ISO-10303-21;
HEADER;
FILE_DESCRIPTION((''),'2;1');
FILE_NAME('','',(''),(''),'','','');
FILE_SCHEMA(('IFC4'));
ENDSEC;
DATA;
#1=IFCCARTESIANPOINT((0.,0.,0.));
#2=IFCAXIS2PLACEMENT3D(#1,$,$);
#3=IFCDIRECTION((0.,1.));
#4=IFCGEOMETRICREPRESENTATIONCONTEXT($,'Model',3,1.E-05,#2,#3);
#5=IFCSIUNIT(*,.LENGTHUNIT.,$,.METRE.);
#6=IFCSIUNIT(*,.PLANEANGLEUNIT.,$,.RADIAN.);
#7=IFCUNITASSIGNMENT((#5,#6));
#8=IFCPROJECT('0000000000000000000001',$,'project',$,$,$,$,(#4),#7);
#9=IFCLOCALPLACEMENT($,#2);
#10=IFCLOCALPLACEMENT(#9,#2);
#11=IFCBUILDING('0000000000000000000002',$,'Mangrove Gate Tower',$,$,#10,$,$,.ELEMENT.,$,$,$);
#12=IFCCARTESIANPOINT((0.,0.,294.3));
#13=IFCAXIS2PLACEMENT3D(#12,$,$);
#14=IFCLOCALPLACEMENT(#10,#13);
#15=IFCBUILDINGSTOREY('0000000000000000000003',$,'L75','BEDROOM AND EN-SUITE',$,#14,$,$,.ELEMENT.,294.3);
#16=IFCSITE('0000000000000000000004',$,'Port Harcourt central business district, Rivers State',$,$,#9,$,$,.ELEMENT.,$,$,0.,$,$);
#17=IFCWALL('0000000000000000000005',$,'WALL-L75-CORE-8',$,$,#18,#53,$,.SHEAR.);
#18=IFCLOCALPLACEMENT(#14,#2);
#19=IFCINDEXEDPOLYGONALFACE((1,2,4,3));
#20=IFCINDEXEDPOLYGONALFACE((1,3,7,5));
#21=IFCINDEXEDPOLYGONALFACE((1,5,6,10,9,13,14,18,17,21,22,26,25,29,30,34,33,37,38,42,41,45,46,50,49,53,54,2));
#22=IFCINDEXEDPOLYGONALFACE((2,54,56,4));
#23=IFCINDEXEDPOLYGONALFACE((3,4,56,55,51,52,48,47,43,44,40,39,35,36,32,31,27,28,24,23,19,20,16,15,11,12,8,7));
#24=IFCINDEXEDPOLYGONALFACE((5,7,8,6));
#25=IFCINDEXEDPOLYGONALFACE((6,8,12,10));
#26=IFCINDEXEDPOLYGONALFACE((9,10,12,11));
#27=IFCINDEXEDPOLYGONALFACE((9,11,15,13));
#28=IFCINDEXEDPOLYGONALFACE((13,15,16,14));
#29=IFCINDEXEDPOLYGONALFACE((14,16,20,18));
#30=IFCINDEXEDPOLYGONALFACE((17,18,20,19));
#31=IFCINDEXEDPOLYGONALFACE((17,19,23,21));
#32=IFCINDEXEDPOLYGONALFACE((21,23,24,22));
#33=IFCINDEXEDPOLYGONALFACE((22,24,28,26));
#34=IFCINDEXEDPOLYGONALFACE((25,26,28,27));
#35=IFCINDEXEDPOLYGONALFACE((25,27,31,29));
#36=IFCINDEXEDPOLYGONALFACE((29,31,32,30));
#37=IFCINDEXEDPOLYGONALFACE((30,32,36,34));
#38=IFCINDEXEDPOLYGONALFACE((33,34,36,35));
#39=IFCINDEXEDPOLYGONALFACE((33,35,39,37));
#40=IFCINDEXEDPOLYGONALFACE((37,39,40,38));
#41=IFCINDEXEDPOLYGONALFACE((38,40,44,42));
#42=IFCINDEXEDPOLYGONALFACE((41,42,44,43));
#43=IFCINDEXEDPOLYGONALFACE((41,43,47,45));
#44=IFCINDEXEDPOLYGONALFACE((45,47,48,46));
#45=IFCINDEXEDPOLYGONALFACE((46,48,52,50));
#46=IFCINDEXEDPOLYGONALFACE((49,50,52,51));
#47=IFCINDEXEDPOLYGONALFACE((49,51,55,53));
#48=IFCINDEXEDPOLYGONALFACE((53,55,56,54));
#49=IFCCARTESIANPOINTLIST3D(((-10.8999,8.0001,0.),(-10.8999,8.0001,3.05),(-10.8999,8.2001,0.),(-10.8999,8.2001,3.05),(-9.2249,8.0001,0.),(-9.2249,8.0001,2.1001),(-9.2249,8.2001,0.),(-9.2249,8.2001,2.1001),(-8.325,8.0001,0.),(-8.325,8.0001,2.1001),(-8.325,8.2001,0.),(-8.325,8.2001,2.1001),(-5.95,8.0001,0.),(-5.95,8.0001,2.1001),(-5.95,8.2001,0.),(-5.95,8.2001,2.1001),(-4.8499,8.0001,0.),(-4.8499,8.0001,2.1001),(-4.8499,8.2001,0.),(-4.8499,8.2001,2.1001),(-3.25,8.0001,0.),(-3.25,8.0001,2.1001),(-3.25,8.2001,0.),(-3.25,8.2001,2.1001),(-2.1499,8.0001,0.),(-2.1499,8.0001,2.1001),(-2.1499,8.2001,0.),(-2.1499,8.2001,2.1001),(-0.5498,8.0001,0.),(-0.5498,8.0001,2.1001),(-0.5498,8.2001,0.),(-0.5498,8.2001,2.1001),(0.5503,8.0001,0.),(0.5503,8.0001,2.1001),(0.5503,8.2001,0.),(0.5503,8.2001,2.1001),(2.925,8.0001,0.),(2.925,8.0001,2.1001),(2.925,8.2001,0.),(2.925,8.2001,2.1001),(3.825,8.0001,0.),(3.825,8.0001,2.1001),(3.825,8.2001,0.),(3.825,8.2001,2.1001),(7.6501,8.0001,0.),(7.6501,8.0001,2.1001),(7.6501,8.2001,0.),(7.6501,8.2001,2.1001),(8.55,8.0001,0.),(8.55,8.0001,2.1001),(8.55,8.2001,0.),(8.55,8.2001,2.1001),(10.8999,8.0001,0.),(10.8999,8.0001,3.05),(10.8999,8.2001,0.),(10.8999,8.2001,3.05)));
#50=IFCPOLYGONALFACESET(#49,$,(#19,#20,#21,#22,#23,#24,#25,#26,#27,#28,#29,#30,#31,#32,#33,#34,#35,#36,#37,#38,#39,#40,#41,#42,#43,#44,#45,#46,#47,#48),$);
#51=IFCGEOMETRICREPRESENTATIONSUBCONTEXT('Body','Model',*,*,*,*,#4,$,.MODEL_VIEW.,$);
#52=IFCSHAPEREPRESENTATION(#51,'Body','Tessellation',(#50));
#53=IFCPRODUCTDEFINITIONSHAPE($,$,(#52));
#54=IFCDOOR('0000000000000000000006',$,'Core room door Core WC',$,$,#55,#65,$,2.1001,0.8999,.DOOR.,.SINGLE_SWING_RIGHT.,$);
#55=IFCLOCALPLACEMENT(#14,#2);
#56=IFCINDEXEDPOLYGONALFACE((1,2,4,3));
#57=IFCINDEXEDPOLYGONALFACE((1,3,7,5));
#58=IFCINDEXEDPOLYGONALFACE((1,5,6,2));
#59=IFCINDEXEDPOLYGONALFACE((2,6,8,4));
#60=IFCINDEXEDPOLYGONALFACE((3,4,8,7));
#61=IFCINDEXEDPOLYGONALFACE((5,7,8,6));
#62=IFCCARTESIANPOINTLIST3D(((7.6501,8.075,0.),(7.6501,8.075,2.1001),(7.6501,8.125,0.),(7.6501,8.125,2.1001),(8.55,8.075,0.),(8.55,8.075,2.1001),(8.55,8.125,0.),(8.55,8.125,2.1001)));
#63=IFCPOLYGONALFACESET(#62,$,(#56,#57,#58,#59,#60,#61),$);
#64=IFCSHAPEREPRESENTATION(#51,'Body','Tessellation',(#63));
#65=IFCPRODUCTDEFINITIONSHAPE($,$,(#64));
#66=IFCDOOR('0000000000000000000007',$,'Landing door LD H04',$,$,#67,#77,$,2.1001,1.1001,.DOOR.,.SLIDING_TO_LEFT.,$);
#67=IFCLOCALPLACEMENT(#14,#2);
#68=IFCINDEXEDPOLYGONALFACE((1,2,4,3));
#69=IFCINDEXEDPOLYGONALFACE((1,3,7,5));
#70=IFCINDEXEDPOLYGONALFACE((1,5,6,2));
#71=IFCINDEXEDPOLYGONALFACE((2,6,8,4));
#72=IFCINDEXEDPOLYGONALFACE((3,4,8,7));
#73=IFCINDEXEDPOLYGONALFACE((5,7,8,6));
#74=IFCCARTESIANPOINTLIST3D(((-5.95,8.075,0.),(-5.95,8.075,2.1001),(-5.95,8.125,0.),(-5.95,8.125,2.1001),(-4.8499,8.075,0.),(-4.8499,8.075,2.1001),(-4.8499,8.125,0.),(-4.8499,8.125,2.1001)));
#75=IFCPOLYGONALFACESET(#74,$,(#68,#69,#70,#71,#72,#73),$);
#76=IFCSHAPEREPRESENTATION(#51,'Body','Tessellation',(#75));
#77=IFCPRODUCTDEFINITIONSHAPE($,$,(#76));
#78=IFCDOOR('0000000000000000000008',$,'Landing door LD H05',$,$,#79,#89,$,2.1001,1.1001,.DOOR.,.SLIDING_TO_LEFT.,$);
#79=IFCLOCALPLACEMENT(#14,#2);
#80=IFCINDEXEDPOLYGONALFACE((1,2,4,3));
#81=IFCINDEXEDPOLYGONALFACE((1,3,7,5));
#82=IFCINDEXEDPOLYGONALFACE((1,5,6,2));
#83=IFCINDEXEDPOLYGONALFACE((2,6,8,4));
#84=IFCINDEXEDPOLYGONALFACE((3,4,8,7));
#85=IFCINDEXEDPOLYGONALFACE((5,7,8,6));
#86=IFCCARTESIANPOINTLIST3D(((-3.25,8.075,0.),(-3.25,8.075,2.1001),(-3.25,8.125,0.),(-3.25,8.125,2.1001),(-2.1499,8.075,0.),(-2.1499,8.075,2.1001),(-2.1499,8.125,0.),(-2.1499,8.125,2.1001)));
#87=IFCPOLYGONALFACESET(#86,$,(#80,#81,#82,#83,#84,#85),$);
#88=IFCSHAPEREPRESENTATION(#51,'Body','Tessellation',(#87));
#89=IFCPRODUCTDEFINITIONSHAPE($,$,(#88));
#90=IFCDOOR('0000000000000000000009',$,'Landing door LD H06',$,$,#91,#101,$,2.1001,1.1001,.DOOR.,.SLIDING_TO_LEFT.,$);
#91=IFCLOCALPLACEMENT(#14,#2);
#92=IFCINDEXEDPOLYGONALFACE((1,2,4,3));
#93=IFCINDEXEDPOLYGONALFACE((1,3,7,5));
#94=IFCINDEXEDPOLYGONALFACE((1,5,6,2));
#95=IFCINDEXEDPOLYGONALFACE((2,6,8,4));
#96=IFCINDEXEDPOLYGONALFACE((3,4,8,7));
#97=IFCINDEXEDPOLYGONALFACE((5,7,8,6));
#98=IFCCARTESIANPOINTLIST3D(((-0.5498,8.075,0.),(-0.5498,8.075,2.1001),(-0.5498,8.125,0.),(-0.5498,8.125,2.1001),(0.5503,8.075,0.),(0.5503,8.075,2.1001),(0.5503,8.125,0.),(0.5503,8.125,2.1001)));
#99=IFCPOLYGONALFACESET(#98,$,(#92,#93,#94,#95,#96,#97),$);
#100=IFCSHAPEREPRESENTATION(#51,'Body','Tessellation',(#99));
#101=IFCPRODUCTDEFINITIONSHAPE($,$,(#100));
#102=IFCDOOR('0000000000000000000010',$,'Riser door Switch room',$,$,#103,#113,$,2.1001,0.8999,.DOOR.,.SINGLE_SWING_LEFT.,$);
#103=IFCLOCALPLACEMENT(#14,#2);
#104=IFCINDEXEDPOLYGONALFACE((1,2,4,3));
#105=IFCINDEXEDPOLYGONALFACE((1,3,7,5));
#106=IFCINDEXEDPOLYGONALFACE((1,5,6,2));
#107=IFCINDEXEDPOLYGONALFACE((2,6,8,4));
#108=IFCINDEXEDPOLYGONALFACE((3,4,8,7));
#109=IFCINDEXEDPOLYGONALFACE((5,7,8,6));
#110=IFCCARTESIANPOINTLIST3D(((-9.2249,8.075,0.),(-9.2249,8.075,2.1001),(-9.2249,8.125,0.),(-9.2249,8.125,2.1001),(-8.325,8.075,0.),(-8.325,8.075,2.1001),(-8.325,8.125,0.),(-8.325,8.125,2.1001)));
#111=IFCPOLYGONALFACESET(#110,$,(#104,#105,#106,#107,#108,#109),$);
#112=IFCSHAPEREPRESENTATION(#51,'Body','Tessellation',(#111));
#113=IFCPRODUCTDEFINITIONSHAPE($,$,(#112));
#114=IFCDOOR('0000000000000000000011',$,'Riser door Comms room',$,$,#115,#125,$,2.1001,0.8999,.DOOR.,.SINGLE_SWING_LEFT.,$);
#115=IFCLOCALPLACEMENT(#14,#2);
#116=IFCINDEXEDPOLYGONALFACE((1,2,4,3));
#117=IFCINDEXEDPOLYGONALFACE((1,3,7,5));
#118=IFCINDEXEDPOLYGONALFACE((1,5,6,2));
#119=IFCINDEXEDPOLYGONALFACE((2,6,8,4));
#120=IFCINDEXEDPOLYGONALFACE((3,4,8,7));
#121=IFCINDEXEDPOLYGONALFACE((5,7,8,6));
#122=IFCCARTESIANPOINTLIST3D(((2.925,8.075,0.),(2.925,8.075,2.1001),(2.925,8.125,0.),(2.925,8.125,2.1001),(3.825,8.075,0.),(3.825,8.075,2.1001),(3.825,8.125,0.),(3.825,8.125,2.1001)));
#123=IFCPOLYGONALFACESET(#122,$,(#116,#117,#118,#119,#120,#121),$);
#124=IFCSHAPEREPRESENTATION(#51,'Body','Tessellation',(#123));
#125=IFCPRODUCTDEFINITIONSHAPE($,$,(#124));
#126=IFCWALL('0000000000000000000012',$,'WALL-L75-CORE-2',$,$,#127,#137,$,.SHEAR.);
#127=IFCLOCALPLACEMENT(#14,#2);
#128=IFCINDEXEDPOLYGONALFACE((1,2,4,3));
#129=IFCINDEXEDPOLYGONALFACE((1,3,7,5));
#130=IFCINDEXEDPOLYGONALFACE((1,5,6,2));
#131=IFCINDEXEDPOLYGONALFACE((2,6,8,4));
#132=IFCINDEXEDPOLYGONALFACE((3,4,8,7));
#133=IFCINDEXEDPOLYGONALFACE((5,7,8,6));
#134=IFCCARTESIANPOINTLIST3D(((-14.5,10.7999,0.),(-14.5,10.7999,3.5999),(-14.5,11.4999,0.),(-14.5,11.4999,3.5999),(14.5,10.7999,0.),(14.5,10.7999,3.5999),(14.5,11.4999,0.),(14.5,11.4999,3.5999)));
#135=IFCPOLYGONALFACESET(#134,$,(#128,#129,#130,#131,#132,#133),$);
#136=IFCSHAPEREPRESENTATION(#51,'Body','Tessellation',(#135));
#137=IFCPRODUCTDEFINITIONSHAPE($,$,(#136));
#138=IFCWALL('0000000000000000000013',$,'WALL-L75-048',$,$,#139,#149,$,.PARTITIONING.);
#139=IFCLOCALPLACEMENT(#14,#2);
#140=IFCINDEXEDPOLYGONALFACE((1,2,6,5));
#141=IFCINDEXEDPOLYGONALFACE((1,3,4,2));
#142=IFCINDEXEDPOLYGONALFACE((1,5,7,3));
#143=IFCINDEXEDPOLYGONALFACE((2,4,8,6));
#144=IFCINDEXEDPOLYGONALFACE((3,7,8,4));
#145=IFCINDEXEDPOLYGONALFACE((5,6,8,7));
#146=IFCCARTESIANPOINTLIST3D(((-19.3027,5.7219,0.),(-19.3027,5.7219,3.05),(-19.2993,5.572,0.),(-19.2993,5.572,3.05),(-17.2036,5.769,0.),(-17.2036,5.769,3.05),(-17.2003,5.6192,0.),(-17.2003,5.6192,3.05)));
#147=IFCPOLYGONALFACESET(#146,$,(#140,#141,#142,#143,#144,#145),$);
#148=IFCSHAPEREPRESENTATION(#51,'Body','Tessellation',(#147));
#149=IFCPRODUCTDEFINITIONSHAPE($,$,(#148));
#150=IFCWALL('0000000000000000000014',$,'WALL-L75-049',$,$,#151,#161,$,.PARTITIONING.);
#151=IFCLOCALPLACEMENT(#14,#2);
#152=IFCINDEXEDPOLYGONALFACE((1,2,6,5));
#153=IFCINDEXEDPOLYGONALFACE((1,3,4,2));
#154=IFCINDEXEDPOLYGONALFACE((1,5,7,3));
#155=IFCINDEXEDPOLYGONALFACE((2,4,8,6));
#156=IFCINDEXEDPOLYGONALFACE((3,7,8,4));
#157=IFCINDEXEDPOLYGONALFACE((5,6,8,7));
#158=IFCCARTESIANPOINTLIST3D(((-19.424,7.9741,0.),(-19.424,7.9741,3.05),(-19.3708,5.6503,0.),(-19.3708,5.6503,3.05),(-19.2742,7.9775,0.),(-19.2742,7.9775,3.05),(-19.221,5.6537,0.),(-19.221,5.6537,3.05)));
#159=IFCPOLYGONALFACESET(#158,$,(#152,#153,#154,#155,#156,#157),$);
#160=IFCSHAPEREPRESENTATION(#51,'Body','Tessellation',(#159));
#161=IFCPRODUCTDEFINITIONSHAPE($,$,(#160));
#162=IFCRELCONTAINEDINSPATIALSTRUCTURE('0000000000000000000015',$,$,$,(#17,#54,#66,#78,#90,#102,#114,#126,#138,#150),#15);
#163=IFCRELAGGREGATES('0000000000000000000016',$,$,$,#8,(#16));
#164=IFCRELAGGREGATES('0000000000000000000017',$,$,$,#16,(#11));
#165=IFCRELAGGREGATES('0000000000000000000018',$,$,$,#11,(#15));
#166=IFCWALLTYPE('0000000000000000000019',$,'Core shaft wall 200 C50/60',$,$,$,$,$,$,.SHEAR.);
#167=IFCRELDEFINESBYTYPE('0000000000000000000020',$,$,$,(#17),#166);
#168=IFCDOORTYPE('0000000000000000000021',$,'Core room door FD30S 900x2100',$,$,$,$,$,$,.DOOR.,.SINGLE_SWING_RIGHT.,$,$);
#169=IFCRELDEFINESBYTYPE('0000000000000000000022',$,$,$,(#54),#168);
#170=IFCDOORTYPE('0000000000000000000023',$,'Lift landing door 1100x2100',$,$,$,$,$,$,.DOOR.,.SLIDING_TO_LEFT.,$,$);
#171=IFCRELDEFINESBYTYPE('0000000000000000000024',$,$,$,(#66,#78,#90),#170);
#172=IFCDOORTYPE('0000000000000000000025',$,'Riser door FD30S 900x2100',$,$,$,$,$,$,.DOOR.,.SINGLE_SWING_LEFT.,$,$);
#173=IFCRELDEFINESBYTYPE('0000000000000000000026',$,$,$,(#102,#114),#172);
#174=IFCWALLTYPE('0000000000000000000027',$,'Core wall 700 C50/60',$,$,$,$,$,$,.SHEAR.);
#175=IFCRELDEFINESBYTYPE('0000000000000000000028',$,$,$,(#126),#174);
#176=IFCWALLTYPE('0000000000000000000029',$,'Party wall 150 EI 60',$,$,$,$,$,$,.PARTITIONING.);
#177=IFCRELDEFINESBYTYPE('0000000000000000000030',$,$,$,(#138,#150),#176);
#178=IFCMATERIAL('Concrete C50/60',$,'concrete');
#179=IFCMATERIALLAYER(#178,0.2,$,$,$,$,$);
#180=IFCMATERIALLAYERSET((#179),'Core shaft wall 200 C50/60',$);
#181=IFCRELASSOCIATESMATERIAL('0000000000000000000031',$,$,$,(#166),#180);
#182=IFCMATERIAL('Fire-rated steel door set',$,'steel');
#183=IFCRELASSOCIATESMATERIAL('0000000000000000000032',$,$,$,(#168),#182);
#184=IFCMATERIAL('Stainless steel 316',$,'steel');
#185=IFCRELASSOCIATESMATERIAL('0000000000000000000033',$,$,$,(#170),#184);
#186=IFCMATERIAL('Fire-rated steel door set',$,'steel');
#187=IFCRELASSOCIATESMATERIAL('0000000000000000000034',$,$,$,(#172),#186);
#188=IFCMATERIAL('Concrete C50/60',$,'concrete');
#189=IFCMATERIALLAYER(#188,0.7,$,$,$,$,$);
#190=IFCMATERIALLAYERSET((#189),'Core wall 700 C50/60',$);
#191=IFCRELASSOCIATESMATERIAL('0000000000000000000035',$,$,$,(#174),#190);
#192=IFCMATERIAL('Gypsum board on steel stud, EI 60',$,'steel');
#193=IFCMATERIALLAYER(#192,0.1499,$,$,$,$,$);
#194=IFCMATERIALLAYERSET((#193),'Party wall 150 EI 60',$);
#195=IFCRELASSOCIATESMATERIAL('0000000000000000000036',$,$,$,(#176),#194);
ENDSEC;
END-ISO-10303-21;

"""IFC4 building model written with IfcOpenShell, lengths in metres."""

from ifc_helpers import new_model, si_unit, direction, frame, frame_2d, origin, place, context, subcontext, project, spatial, rectangle, extrude, material, layer, layer_set, type_object, element, fill, save


model = new_model("IFC4")

# Units and contexts
model_context = context("Model", 3, precision=1e-05, world=origin(), true_north=direction((0.0, 1.0)))
body_context = subcontext(model_context, "Body", "Model", "MODEL_VIEW")
ifc_project = project(units=[si_unit("LENGTHUNIT", "METRE"), si_unit("PLANEANGLEUNIT", "RADIAN")], contexts=[model_context])

# Site, building, storey
site_placement = place(None, origin())
site = spatial("IfcSite", under=ifc_project, at=site_placement, Name="Port Harcourt central business district, Rivers State", CompositionType="ELEMENT", RefElevation=0.0)
building_placement = place(site_placement, origin())
building = spatial("IfcBuilding", under=site, at=building_placement, Name="Mangrove Gate Tower", CompositionType="ELEMENT")
storey_placement = place(building_placement, frame((0.0, 0.0, 294.3)))
storey = spatial("IfcBuildingStorey", under=building, at=storey_placement, Name="L75", Description="BEDROOM AND EN-SUITE", CompositionType="ELEMENT", Elevation=294.3)

# Wall, openings, doors
ifc_material_1 = material(Name="Concrete C50/60", Category="concrete")
ifc_layer_1 = layer(ifc_material_1, 0.2)
ifc_layer_set_1 = layer_set([ifc_layer_1], Name="Core shaft wall 200 C50/60")
wall_type_1 = type_object("IfcWallType", Name="Core shaft wall 200 C50/60", PredefinedType="SHEAR", material=ifc_layer_set_1)
ifc_material_2 = material(Name="Fire-rated steel door set", Category="steel")
door_type_1 = type_object("IfcDoorType", Name="Core room door FD30S 900x2100", OperationType="SINGLE_SWING_RIGHT", PredefinedType="DOOR", material=ifc_material_2)
ifc_material_3 = material(Name="Stainless steel 316", Category="steel")
door_type_2 = type_object("IfcDoorType", Name="Lift landing door 1100x2100", OperationType="SLIDING_TO_LEFT", PredefinedType="DOOR", material=ifc_material_3)
ifc_material_4 = material(Name="Fire-rated steel door set", Category="steel")
door_type_3 = type_object("IfcDoorType", Name="Riser door FD30S 900x2100", OperationType="SINGLE_SWING_LEFT", PredefinedType="DOOR", material=ifc_material_4)
wall_1_placement = place(storey_placement, frame((-10.8999, 8.1001, 0.0), z_axis=(0.0, 0.0, 1.0), x_axis=(1.0, 0.0, 0.0)))
wall_1 = element("IfcWall", 1, at=wall_1_placement, inside=storey, type_object=wall_type_1, Name="WALL-L75-CORE-8", PredefinedType="SHEAR", context=body_context, shape_type="SweptSolid", body=[
    extrude(rectangle(XDim=21.7998, YDim=0.2, at=frame_2d((10.8999, 0.0))), origin(), (0.0, 0.0, 1.0), 3.05),
])
opening_1_placement = place(wall_1_placement, frame((4.95, 0.0, 0.0)))
opening_1 = element("IfcOpeningElement", 2, at=opening_1_placement, cuts=wall_1, PredefinedType="OPENING", context=body_context, shape_type="SweptSolid", body=[
    extrude(rectangle(XDim=1.1001, YDim=2.1001, at=frame_2d((0.55, 1.05))), frame((0.0, 0.1099, 0.0), z_axis=(0.0, -1.0, 0.0), x_axis=(1.0, 0.0, 0.0)), (0.0, 0.0, 1.0), 0.22),
])
opening_2_placement = place(wall_1_placement, frame((7.6499, 0.0, 0.0)))
opening_2 = element("IfcOpeningElement", 3, at=opening_2_placement, cuts=wall_1, PredefinedType="OPENING", context=body_context, shape_type="SweptSolid", body=[
    extrude(rectangle(XDim=1.1001, YDim=2.1001, at=frame_2d((0.55, 1.05))), frame((0.0, 0.1099, 0.0), z_axis=(0.0, -1.0, 0.0), x_axis=(1.0, 0.0, 0.0)), (0.0, 0.0, 1.0), 0.22),
])
opening_3_placement = place(wall_1_placement, frame((10.3501, 0.0, 0.0)))
opening_3 = element("IfcOpeningElement", 4, at=opening_3_placement, cuts=wall_1, PredefinedType="OPENING", context=body_context, shape_type="SweptSolid", body=[
    extrude(rectangle(XDim=1.1001, YDim=2.1001, at=frame_2d((0.55, 1.05))), frame((0.0, 0.1099, 0.0), z_axis=(0.0, -1.0, 0.0), x_axis=(1.0, 0.0, 0.0)), (0.0, 0.0, 1.0), 0.22),
])
opening_4_placement = place(wall_1_placement, frame((1.675, 0.0, 0.0)))
opening_4 = element("IfcOpeningElement", 5, at=opening_4_placement, cuts=wall_1, PredefinedType="OPENING", context=body_context, shape_type="SweptSolid", body=[
    extrude(rectangle(XDim=0.8999, YDim=2.1001, at=frame_2d((0.45, 1.05))), frame((0.0, 0.1099, 0.0), z_axis=(0.0, -1.0, 0.0), x_axis=(1.0, 0.0, 0.0)), (0.0, 0.0, 1.0), 0.22),
])
opening_5_placement = place(wall_1_placement, frame((13.825, 0.0, 0.0)))
opening_5 = element("IfcOpeningElement", 6, at=opening_5_placement, cuts=wall_1, PredefinedType="OPENING", context=body_context, shape_type="SweptSolid", body=[
    extrude(rectangle(XDim=0.8999, YDim=2.1001, at=frame_2d((0.45, 1.05))), frame((0.0, 0.1099, 0.0), z_axis=(0.0, -1.0, 0.0), x_axis=(1.0, 0.0, 0.0)), (0.0, 0.0, 1.0), 0.22),
])
opening_6_placement = place(wall_1_placement, frame((18.55, 0.0, 0.0)))
opening_6 = element("IfcOpeningElement", 7, at=opening_6_placement, cuts=wall_1, PredefinedType="OPENING", context=body_context, shape_type="SweptSolid", body=[
    extrude(rectangle(XDim=0.8999, YDim=2.1001, at=frame_2d((0.45, 1.05))), frame((0.0, 0.1099, 0.0), z_axis=(0.0, -1.0, 0.0), x_axis=(1.0, 0.0, 0.0)), (0.0, 0.0, 1.0), 0.22),
])
door_1_placement = place(opening_6_placement, origin())
door_1 = element("IfcDoor", 8, at=door_1_placement, inside=storey, type_object=door_type_1, Name="Core room door Core WC", OperationType="SINGLE_SWING_RIGHT", OverallHeight=2.1001, OverallWidth=0.8999, PredefinedType="DOOR", context=body_context, shape_type="SweptSolid", body=[
    extrude(rectangle(XDim=0.8999, YDim=2.1001, at=frame_2d((0.45, 1.05))), frame((0.0, 0.0249, 0.0), z_axis=(0.0, -1.0, 0.0), x_axis=(1.0, 0.0, 0.0)), (0.0, 0.0, 1.0), 0.05),
])
fill(opening_6, door_1)
door_2_placement = place(opening_1_placement, origin())
door_2 = element("IfcDoor", 9, at=door_2_placement, inside=storey, type_object=door_type_2, Name="Landing door LD H04", OperationType="SLIDING_TO_LEFT", OverallHeight=2.1001, OverallWidth=1.1001, PredefinedType="DOOR", context=body_context, shape_type="SweptSolid", body=[
    extrude(rectangle(XDim=1.1001, YDim=2.1001, at=frame_2d((0.55, 1.05))), frame((0.0, 0.0249, 0.0), z_axis=(0.0, -1.0, 0.0), x_axis=(1.0, 0.0, 0.0)), (0.0, 0.0, 1.0), 0.05),
])
fill(opening_1, door_2)
door_3_placement = place(opening_2_placement, origin())
door_3 = element("IfcDoor", 10, at=door_3_placement, inside=storey, type_object=door_type_2, Name="Landing door LD H05", OperationType="SLIDING_TO_LEFT", OverallHeight=2.1001, OverallWidth=1.1001, PredefinedType="DOOR", context=body_context, shape_type="SweptSolid", body=[
    extrude(rectangle(XDim=1.1001, YDim=2.1001, at=frame_2d((0.55, 1.05))), frame((0.0, 0.0249, 0.0), z_axis=(0.0, -1.0, 0.0), x_axis=(1.0, 0.0, 0.0)), (0.0, 0.0, 1.0), 0.05),
])
fill(opening_2, door_3)
door_4_placement = place(opening_3_placement, origin())
door_4 = element("IfcDoor", 11, at=door_4_placement, inside=storey, type_object=door_type_2, Name="Landing door LD H06", OperationType="SLIDING_TO_LEFT", OverallHeight=2.1001, OverallWidth=1.1001, PredefinedType="DOOR", context=body_context, shape_type="SweptSolid", body=[
    extrude(rectangle(XDim=1.1001, YDim=2.1001, at=frame_2d((0.55, 1.05))), frame((0.0, 0.0249, 0.0), z_axis=(0.0, -1.0, 0.0), x_axis=(1.0, 0.0, 0.0)), (0.0, 0.0, 1.0), 0.05),
])
fill(opening_3, door_4)
door_5_placement = place(opening_4_placement, origin())
door_5 = element("IfcDoor", 12, at=door_5_placement, inside=storey, type_object=door_type_3, Name="Riser door Switch room", OperationType="SINGLE_SWING_LEFT", OverallHeight=2.1001, OverallWidth=0.8999, PredefinedType="DOOR", context=body_context, shape_type="SweptSolid", body=[
    extrude(rectangle(XDim=0.8999, YDim=2.1001, at=frame_2d((0.45, 1.05))), frame((0.0, 0.0249, 0.0), z_axis=(0.0, -1.0, 0.0), x_axis=(1.0, 0.0, 0.0)), (0.0, 0.0, 1.0), 0.05),
])
fill(opening_4, door_5)
door_6_placement = place(opening_5_placement, origin())
door_6 = element("IfcDoor", 13, at=door_6_placement, inside=storey, type_object=door_type_3, Name="Riser door Comms room", OperationType="SINGLE_SWING_LEFT", OverallHeight=2.1001, OverallWidth=0.8999, PredefinedType="DOOR", context=body_context, shape_type="SweptSolid", body=[
    extrude(rectangle(XDim=0.8999, YDim=2.1001, at=frame_2d((0.45, 1.05))), frame((0.0, 0.0249, 0.0), z_axis=(0.0, -1.0, 0.0), x_axis=(1.0, 0.0, 0.0)), (0.0, 0.0, 1.0), 0.05),
])
fill(opening_5, door_6)

# Walls
ifc_material_5 = material(Name="Concrete C50/60", Category="concrete")
ifc_layer_2 = layer(ifc_material_5, 0.7)
ifc_layer_set_2 = layer_set([ifc_layer_2], Name="Core wall 700 C50/60")
wall_type_2 = type_object("IfcWallType", Name="Core wall 700 C50/60", PredefinedType="SHEAR", material=ifc_layer_set_2)
wall_2_placement = place(storey_placement, frame((-14.5, 11.1499, 0.0), z_axis=(0.0, 0.0, 1.0), x_axis=(1.0, 0.0, 0.0)))
element("IfcWall", 14, at=wall_2_placement, inside=storey, type_object=wall_type_2, Name="WALL-L75-CORE-2", PredefinedType="SHEAR", context=body_context, shape_type="SweptSolid", body=[
    extrude(rectangle(XDim=29.0, YDim=0.7, at=frame_2d((14.5, 0.0))), origin(), (0.0, 0.0, 1.0), 3.5999),
])
ifc_material_6 = material(Name="Gypsum board on steel stud, EI 60", Category="steel")
ifc_layer_3 = layer(ifc_material_6, 0.1499)
ifc_layer_set_3 = layer_set([ifc_layer_3], Name="Party wall 150 EI 60")
wall_type_3 = type_object("IfcWallType", Name="Party wall 150 EI 60", PredefinedType="PARTITIONING", material=ifc_layer_set_3)
wall_3_placement = place(storey_placement, frame((-19.301, 5.647, 0.0), z_axis=(0.0, 0.0, 1.0), x_axis=(0.999748, 0.022441, 0.0)))
element("IfcWall", 15, at=wall_3_placement, inside=storey, type_object=wall_type_3, Name="WALL-L75-048", PredefinedType="PARTITIONING", context=body_context, shape_type="SweptSolid", body=[
    extrude(rectangle(XDim=2.0996, YDim=0.1499, at=frame_2d((1.0498, 0.0))), origin(), (0.0, 0.0, 1.0), 3.05),
])
wall_4_placement = place(storey_placement, frame((-19.2959, 5.6521, 0.0), z_axis=(0.0, 0.0, 1.0), x_axis=(-0.022896, 0.999738, 0.0)))
element("IfcWall", 16, at=wall_4_placement, inside=storey, type_object=wall_type_3, Name="WALL-L75-049", PredefinedType="PARTITIONING", context=body_context, shape_type="SweptSolid", body=[
    extrude(rectangle(XDim=2.3245, YDim=0.1499, at=frame_2d((1.1621, 0.0))), origin(), (0.0, 0.0, 1.0), 3.05),
])

save(model, "model.ifc")
